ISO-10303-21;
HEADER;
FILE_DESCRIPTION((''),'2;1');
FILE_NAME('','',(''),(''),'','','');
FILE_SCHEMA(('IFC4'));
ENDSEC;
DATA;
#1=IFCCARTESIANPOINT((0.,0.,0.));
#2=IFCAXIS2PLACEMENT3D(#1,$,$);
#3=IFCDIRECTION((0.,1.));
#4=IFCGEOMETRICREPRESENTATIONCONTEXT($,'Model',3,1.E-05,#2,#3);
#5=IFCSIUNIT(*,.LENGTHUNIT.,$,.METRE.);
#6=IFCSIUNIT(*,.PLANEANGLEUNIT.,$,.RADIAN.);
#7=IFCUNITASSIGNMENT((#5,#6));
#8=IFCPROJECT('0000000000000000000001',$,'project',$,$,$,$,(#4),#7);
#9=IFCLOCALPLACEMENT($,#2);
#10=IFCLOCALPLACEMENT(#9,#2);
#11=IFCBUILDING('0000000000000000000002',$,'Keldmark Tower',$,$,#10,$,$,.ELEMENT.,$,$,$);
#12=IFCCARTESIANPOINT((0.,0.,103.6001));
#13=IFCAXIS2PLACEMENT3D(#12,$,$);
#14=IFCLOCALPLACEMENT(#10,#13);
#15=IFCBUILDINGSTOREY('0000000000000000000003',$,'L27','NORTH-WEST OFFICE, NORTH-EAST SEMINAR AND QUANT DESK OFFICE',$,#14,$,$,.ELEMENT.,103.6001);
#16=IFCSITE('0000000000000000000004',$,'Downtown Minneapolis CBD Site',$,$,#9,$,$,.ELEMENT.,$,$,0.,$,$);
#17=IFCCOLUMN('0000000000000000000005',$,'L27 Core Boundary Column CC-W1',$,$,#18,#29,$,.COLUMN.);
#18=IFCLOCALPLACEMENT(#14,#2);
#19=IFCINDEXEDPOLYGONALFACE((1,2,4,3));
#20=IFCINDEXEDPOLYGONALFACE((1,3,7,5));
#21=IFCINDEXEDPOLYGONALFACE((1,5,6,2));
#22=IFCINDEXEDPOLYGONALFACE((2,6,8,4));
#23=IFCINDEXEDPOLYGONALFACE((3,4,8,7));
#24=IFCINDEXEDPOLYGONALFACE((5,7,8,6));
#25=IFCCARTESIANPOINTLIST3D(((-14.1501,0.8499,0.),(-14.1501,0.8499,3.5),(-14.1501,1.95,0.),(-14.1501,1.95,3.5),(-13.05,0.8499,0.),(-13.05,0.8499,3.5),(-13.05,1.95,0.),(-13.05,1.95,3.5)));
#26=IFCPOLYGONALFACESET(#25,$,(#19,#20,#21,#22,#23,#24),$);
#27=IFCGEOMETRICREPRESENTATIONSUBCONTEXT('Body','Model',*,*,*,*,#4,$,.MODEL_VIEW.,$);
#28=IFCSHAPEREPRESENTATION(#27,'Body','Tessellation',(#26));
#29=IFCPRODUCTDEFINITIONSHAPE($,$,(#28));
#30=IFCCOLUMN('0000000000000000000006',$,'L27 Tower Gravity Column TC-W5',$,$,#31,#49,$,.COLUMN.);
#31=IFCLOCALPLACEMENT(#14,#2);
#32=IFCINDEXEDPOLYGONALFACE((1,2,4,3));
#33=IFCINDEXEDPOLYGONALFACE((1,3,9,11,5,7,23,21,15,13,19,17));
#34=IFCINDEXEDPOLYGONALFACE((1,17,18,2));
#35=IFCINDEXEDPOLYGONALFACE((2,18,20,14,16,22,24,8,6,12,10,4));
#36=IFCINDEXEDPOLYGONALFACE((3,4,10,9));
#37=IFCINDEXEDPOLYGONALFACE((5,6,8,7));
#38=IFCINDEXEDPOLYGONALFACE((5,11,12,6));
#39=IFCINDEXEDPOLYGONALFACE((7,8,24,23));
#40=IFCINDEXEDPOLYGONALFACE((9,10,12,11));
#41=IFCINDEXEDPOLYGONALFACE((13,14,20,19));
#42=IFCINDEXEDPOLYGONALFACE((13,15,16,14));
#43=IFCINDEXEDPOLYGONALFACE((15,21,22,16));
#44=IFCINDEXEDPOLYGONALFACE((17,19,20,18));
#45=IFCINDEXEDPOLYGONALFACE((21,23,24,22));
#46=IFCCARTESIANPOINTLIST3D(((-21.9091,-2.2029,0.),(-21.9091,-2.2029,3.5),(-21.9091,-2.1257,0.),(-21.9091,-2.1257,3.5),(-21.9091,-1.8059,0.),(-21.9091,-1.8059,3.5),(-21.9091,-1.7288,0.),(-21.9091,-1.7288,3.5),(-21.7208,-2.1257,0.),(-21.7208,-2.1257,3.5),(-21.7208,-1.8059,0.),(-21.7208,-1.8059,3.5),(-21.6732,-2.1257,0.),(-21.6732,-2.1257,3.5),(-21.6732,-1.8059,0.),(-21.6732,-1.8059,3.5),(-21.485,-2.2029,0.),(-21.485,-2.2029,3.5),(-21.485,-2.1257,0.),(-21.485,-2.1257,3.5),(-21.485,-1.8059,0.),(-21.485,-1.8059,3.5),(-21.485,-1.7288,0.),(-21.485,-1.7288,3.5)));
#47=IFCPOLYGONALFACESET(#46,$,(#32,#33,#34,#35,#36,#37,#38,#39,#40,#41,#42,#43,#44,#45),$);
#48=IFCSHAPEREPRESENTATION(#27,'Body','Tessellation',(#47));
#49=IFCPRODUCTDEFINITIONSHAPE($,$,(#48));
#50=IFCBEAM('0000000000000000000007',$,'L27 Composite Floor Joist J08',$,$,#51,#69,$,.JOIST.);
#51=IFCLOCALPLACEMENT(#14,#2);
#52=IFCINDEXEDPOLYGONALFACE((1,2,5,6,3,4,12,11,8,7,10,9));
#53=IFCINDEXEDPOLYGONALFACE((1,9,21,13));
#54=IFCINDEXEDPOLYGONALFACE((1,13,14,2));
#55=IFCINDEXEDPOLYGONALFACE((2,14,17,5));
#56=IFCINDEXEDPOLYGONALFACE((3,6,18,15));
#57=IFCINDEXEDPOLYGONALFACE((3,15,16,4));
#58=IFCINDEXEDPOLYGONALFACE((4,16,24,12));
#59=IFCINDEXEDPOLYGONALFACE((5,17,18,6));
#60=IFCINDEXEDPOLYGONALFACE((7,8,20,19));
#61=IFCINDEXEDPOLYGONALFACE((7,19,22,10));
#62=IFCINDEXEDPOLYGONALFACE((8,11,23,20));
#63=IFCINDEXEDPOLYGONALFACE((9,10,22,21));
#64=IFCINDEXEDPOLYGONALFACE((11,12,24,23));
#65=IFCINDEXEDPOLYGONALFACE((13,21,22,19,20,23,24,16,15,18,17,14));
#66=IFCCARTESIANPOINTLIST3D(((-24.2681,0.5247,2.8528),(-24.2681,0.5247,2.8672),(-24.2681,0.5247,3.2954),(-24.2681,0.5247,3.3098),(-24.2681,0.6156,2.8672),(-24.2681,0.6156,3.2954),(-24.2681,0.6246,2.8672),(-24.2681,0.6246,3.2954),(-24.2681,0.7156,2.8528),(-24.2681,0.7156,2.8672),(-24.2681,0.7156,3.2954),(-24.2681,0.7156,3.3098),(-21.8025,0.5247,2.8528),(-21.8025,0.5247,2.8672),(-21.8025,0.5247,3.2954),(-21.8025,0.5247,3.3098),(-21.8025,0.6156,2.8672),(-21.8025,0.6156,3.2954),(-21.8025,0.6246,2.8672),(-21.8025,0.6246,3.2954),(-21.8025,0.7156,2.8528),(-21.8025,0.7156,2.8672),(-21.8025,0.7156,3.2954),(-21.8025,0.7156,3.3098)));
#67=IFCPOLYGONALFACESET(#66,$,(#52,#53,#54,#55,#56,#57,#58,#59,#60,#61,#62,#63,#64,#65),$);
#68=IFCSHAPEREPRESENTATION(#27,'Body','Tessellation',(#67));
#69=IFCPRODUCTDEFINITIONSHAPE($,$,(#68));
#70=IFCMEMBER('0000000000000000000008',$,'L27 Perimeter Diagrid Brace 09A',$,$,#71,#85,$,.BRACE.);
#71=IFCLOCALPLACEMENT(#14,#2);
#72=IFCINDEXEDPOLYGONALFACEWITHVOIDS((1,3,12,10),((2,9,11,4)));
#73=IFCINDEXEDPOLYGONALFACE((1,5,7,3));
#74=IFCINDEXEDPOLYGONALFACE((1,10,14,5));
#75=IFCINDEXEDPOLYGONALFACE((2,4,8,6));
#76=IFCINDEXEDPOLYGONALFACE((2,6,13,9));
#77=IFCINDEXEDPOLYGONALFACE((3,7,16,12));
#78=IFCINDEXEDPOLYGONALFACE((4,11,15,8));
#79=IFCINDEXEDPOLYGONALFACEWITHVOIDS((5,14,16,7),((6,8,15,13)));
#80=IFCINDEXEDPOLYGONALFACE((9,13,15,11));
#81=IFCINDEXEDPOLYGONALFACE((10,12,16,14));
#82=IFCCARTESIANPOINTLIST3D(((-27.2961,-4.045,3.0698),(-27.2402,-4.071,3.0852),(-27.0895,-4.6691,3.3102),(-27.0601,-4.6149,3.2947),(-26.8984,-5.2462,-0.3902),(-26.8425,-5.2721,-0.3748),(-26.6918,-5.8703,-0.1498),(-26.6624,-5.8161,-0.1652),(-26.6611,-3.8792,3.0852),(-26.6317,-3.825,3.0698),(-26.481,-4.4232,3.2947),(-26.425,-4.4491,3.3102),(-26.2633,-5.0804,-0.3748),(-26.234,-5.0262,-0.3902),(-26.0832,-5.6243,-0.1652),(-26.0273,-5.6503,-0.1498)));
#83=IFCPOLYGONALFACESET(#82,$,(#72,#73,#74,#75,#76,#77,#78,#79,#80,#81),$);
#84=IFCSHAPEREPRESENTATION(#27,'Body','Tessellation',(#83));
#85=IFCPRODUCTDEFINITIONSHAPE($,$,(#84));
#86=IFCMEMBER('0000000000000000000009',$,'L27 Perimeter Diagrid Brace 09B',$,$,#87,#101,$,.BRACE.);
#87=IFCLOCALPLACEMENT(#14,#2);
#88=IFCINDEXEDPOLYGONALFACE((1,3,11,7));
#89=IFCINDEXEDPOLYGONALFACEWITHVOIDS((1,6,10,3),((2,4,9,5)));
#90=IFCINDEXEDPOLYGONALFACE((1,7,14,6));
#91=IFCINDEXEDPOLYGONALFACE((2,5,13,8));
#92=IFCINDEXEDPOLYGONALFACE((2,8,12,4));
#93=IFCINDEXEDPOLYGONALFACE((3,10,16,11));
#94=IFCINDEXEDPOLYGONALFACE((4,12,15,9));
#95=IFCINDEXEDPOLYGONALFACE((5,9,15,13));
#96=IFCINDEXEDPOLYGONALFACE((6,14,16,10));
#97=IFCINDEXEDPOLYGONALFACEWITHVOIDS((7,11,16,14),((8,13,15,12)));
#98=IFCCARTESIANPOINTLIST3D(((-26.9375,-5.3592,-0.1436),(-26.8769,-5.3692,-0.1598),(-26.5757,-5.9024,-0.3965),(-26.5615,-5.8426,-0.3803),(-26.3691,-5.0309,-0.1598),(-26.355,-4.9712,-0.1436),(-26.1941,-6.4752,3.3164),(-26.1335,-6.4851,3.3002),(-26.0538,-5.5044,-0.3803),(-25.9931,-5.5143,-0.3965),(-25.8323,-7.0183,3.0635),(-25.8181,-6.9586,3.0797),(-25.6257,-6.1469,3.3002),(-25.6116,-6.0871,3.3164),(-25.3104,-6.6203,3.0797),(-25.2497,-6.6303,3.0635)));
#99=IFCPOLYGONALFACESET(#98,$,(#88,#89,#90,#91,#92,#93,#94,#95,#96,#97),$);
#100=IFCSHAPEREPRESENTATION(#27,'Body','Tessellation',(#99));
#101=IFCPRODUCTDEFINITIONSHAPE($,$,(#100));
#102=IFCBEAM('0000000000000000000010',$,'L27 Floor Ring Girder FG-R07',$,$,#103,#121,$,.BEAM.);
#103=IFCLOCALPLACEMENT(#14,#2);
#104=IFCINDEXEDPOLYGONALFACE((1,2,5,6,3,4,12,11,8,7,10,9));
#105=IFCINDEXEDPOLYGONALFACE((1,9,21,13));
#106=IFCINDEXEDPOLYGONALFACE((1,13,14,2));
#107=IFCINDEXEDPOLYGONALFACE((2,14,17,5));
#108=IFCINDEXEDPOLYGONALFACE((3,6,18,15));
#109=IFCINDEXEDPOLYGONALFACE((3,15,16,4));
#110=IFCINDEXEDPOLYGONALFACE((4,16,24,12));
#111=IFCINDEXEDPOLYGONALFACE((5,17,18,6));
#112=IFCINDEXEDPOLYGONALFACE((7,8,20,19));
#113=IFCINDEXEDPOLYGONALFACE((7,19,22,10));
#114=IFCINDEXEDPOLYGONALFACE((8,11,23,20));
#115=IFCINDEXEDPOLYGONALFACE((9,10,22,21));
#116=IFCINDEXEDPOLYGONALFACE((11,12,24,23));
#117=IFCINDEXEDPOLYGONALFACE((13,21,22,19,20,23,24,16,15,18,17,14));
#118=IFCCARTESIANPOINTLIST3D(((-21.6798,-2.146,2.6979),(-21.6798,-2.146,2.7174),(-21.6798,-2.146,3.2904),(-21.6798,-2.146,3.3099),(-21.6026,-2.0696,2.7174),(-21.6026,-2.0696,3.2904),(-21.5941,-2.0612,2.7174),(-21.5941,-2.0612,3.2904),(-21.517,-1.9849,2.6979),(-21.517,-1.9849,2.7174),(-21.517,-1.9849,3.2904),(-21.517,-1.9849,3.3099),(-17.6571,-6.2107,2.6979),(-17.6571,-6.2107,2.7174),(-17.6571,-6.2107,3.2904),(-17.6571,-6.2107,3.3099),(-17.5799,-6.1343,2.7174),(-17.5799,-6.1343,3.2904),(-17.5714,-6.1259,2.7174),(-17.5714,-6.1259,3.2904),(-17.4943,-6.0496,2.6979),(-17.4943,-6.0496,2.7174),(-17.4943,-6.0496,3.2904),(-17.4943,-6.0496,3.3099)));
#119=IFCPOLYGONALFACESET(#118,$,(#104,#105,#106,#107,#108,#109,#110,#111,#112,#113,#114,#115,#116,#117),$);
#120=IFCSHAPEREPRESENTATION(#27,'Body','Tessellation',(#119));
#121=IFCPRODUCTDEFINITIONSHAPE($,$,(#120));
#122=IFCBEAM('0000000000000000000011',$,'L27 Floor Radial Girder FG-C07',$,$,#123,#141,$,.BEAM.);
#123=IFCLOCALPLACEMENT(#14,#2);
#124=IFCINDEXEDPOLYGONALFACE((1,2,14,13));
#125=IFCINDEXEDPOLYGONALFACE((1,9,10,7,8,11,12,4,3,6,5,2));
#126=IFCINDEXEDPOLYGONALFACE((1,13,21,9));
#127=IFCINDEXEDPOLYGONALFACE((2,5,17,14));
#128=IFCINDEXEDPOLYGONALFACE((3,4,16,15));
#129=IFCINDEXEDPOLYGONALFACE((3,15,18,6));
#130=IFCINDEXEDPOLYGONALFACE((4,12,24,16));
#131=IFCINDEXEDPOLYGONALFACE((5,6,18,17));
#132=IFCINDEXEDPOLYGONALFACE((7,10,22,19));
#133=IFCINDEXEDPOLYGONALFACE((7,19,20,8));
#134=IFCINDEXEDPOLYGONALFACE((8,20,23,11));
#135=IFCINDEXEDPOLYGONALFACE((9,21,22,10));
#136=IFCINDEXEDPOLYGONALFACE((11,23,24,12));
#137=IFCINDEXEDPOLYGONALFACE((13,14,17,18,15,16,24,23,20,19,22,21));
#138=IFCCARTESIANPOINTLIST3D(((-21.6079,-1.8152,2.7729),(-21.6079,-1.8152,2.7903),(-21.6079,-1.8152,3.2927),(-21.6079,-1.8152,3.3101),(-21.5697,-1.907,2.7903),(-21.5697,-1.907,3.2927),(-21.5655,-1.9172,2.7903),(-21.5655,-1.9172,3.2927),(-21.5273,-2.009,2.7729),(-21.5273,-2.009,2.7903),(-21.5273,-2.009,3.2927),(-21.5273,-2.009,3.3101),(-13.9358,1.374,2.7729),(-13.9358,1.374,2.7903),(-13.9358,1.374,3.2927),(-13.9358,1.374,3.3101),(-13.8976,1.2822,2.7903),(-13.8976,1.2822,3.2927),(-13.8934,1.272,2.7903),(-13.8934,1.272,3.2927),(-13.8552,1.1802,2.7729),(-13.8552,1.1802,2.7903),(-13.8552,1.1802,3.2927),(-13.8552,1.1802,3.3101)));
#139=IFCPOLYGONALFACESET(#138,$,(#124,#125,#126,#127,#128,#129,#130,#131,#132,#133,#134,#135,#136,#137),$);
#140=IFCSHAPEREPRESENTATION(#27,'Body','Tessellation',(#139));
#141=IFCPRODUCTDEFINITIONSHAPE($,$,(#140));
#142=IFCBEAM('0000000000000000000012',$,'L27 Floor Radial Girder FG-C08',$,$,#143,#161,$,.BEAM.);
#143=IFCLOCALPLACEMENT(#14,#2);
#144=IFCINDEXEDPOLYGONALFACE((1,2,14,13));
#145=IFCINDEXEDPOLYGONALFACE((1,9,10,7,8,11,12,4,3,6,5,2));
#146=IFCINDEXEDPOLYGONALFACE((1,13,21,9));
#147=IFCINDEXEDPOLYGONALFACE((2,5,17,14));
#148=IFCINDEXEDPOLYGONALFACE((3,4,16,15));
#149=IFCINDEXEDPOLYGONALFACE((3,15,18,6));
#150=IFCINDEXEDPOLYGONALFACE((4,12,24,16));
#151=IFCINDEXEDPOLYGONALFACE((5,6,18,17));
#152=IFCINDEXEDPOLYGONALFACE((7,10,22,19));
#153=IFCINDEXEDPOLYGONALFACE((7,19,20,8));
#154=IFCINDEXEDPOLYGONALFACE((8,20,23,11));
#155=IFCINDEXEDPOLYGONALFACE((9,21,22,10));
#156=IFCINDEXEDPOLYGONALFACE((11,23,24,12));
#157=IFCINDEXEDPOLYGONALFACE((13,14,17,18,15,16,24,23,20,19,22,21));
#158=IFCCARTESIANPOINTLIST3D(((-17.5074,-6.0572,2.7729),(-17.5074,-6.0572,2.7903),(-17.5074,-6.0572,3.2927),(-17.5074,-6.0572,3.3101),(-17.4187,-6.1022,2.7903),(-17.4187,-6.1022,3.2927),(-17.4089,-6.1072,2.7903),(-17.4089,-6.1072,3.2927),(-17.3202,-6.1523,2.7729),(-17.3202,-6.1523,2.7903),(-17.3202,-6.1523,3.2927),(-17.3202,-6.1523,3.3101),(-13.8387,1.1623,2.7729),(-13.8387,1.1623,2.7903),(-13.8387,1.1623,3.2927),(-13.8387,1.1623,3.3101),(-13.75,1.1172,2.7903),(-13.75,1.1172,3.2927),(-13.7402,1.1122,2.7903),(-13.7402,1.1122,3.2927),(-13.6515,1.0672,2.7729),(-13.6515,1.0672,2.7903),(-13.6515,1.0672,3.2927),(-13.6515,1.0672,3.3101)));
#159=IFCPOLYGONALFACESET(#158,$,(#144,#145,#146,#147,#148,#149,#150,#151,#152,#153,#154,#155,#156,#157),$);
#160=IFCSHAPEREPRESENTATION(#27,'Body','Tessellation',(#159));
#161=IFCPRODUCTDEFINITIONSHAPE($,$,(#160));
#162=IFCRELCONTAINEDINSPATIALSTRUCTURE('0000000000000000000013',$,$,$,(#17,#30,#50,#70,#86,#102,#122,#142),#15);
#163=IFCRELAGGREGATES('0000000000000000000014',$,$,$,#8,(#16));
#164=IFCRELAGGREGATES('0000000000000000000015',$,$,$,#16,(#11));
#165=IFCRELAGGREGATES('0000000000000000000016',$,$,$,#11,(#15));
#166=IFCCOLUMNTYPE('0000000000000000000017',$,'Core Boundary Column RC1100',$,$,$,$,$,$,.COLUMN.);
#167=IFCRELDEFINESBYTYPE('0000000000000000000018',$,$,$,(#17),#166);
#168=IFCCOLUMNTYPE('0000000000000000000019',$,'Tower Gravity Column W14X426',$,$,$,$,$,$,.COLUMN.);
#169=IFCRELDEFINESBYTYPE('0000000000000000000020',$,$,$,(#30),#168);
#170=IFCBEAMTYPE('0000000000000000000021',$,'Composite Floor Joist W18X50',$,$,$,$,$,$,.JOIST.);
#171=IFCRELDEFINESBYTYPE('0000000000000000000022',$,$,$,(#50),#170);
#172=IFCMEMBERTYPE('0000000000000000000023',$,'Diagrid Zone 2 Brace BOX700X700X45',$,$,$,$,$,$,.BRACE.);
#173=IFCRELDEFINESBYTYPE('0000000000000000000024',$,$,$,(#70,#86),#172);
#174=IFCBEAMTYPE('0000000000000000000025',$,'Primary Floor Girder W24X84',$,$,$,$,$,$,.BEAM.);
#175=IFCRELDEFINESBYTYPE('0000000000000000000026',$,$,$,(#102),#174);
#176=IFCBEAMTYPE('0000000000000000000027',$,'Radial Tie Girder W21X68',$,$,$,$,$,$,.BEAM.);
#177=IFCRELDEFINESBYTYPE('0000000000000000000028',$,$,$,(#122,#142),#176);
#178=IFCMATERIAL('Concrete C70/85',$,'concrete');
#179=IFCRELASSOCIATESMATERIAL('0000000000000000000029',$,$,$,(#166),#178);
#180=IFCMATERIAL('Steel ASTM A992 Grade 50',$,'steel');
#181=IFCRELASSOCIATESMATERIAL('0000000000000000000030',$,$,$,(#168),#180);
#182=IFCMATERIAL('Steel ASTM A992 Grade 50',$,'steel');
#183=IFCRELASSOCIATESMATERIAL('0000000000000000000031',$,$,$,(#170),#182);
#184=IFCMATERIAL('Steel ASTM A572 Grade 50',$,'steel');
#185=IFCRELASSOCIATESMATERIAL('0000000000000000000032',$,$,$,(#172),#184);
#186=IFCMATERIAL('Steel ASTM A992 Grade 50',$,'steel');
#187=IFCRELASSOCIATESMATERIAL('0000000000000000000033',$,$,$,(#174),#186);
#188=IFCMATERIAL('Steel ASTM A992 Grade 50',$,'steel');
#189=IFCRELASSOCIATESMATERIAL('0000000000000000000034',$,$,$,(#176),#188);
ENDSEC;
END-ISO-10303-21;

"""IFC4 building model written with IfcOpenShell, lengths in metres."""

from ifc_helpers import new_model, si_unit, direction, frame, origin, origin_2d, place, context, subcontext, project, spatial, rectangle, hollow_rectangle, i_section, extrude, material, material_profile, profile_set, type_object, element, save


model = new_model("IFC4")

# Units and contexts
model_context = context("Model", 3, precision=1e-05, world=origin(), true_north=direction((0.0, 1.0)))
body_context = subcontext(model_context, "Body", "Model", "MODEL_VIEW")
ifc_project = project(units=[si_unit("LENGTHUNIT", "METRE"), si_unit("PLANEANGLEUNIT", "RADIAN")], contexts=[model_context])

# Site, building, storey
site_placement = place(None, origin())
site = spatial("IfcSite", under=ifc_project, at=site_placement, Name="Downtown Minneapolis CBD Site", CompositionType="ELEMENT", RefElevation=0.0)
building_placement = place(site_placement, origin())
building = spatial("IfcBuilding", under=site, at=building_placement, Name="Keldmark Tower", CompositionType="ELEMENT")
storey_placement = place(building_placement, frame((0.0, 0.0, 103.6001)))
storey = spatial("IfcBuildingStorey", under=building, at=storey_placement, Name="L27", Description="NORTH-WEST OFFICE, NORTH-EAST SEMINAR AND QUANT DESK OFFICE", CompositionType="ELEMENT", Elevation=103.6001)

# Columns
ifc_material_1 = material(Name="Concrete C70/85", Category="concrete")
ifc_material_profile_1 = material_profile(ifc_material_1, rectangle(XDim=1.1001, YDim=1.1001, at=origin_2d()), Name="RC1100X1100")
ifc_profile_set_1 = profile_set([ifc_material_profile_1], Name="Concrete C70/85")
column_type_1 = type_object("IfcColumnType", Name="Core Boundary Column RC1100", PredefinedType="COLUMN", material=ifc_profile_set_1)
column_1_placement = place(storey_placement, frame((-13.6001, 1.3999, 0.0), z_axis=(0.0, 0.0, 1.0), x_axis=(1.0, 0.0, 0.0)))
element("IfcColumn", 1, at=column_1_placement, inside=storey, type_object=column_type_1, Name="L27 Core Boundary Column CC-W1", PredefinedType="COLUMN", context=body_context, shape_type="SweptSolid", body=[
    extrude(rectangle(XDim=1.1001, YDim=1.1001, at=origin_2d()), origin(), (0.0, 0.0, 1.0), 3.5),
])
ifc_material_2 = material(Name="Steel ASTM A992 Grade 50", Category="steel")
ifc_material_profile_2 = material_profile(ifc_material_2, i_section(OverallWidth=0.4241, OverallDepth=0.4741, WebThickness=0.0476, FlangeThickness=0.0771, at=origin_2d()), Name="W14X426")
ifc_profile_set_2 = profile_set([ifc_material_profile_2], Name="Steel ASTM A992 Grade 50")
column_type_2 = type_object("IfcColumnType", Name="Tower Gravity Column W14X426", PredefinedType="COLUMN", material=ifc_profile_set_2)
column_2_placement = place(storey_placement, frame((-21.697, -1.9658, 0.0), z_axis=(0.0, 0.0, 1.0), x_axis=(1.0, 0.0, 0.0)))
element("IfcColumn", 2, at=column_2_placement, inside=storey, type_object=column_type_2, Name="L27 Tower Gravity Column TC-W5", PredefinedType="COLUMN", context=body_context, shape_type="SweptSolid", body=[
    extrude(i_section(OverallWidth=0.4241, OverallDepth=0.4741, WebThickness=0.0476, FlangeThickness=0.0771, at=origin_2d()), origin(), (0.0, 0.0, 1.0), 3.5),
])

# Beam
ifc_material_3 = material(Name="Steel ASTM A992 Grade 50", Category="steel")
ifc_material_profile_3 = material_profile(ifc_material_3, i_section(OverallWidth=0.1909, OverallDepth=0.457, WebThickness=0.009, FlangeThickness=0.0144, at=origin_2d()), Name="W18X50")
ifc_profile_set_3 = profile_set([ifc_material_profile_3], Name="Steel ASTM A992 Grade 50")
beam_type_1 = type_object("IfcBeamType", Name="Composite Floor Joist W18X50", PredefinedType="JOIST", material=ifc_profile_set_3)
beam_1_placement = place(storey_placement, frame((-24.2681, 0.6201, 3.0813), z_axis=(1.0, 0.0, 0.0), x_axis=(0.0, 1.0, 0.0)))
element("IfcBeam", 3, at=beam_1_placement, inside=storey, type_object=beam_type_1, Name="L27 Composite Floor Joist J08", PredefinedType="JOIST", context=body_context, shape_type="SweptSolid", body=[
    extrude(i_section(OverallWidth=0.1909, OverallDepth=0.457, WebThickness=0.009, FlangeThickness=0.0144, at=origin_2d()), origin(), (0.0, 0.0, 1.0), 2.4656),
])

# Members
ifc_material_4 = material(Name="Steel ASTM A572 Grade 50", Category="steel")
ifc_material_profile_4 = material_profile(ifc_material_4, hollow_rectangle(XDim=0.7, YDim=0.7, WallThickness=0.0449, at=origin_2d()), Name="BOX700X700X45")
ifc_profile_set_4 = profile_set([ifc_material_profile_4], Name="Steel ASTM A572 Grade 50")
member_type = type_object("IfcMemberType", Name="Diagrid Zone 2 Brace BOX700X700X45", PredefinedType="BRACE", material=ifc_profile_set_4)
member_1_placement = place(storey_placement, frame((-26.4629, -5.4482, -0.27), z_axis=(-0.107953, 0.326046, 0.93917), x_axis=(-0.949318, -0.314317, 0.0)))
element("IfcMember", 4, at=member_1_placement, inside=storey, type_object=member_type, Name="L27 Perimeter Diagrid Brace 09A", PredefinedType="BRACE", context=body_context, shape_type="SweptSolid", body=[
    extrude(hollow_rectangle(XDim=0.7, YDim=0.7, WallThickness=0.0449, at=origin_2d()), origin(), (0.0, 0.0, 1.0), 3.6841),
])
member_2_placement = place(storey_placement, frame((-26.4653, -5.4368, -0.27), z_axis=(0.200341, -0.300742, 0.932426), x_axis=(0.832246, 0.554406, 0.0)))
element("IfcMember", 5, at=member_2_placement, inside=storey, type_object=member_type, Name="L27 Perimeter Diagrid Brace 09B", PredefinedType="BRACE", context=body_context, shape_type="SweptSolid", body=[
    extrude(hollow_rectangle(XDim=0.7, YDim=0.7, WallThickness=0.0449, at=origin_2d()), origin(), (0.0, 0.0, 1.0), 3.7107),
])

# Beams
ifc_material_5 = material(Name="Steel ASTM A992 Grade 50", Category="steel")
ifc_material_profile_5 = material_profile(ifc_material_5, i_section(OverallWidth=0.229, OverallDepth=0.6121, WebThickness=0.012, FlangeThickness=0.0195, at=origin_2d()), Name="W24X84")
ifc_profile_set_5 = profile_set([ifc_material_profile_5], Name="Steel ASTM A992 Grade 50")
beam_type_2 = type_object("IfcBeamType", Name="Primary Floor Girder W24X84", PredefinedType="BEAM", material=ifc_profile_set_5)
beam_2_placement = place(storey_placement, frame((-21.5984, -2.0654, 3.0039), z_axis=(0.703426, -0.710769, 0.0), x_axis=(0.710769, 0.703426, 0.0)))
element("IfcBeam", 6, at=beam_2_placement, inside=storey, type_object=beam_type_2, Name="L27 Floor Ring Girder FG-R07", PredefinedType="BEAM", context=body_context, shape_type="SweptSolid", body=[
    extrude(i_section(OverallWidth=0.229, OverallDepth=0.6121, WebThickness=0.012, FlangeThickness=0.0195, at=origin_2d()), origin(), (0.0, 0.0, 1.0), 5.7188),
])
ifc_material_6 = material(Name="Steel ASTM A992 Grade 50", Category="steel")
ifc_material_profile_6 = material_profile(ifc_material_6, i_section(OverallWidth=0.21, OverallDepth=0.5371, WebThickness=0.011, FlangeThickness=0.0173, at=origin_2d()), Name="W21X68")
ifc_profile_set_6 = profile_set([ifc_material_profile_6], Name="Steel ASTM A992 Grade 50")
beam_type_3 = type_object("IfcBeamType", Name="Radial Tie Girder W21X68", PredefinedType="BEAM", material=ifc_profile_set_6)
beam_3_placement = place(storey_placement, frame((-21.5676, -1.9121, 3.0415), z_axis=(0.923397, 0.383845, 0.0), x_axis=(-0.383845, 0.923397, 0.0)))
element("IfcBeam", 7, at=beam_3_placement, inside=storey, type_object=beam_type_3, Name="L27 Floor Radial Girder FG-C07", PredefinedType="BEAM", context=body_context, shape_type="SweptSolid", body=[
    extrude(i_section(OverallWidth=0.21, OverallDepth=0.5371, WebThickness=0.011, FlangeThickness=0.0173, at=origin_2d()), origin(), (0.0, 0.0, 1.0), 8.3086),
])
beam_4_placement = place(storey_placement, frame((-17.4138, -6.1047, 3.0415), z_axis=(0.453029, 0.891496, 0.0), x_axis=(-0.891496, 0.453029, 0.0)))
element("IfcBeam", 8, at=beam_4_placement, inside=storey, type_object=beam_type_3, Name="L27 Floor Radial Girder FG-C08", PredefinedType="BEAM", context=body_context, shape_type="SweptSolid", body=[
    extrude(i_section(OverallWidth=0.21, OverallDepth=0.5371, WebThickness=0.011, FlangeThickness=0.0173, at=origin_2d()), origin(), (0.0, 0.0, 1.0), 8.0981),
])

save(model, "model.ifc")
